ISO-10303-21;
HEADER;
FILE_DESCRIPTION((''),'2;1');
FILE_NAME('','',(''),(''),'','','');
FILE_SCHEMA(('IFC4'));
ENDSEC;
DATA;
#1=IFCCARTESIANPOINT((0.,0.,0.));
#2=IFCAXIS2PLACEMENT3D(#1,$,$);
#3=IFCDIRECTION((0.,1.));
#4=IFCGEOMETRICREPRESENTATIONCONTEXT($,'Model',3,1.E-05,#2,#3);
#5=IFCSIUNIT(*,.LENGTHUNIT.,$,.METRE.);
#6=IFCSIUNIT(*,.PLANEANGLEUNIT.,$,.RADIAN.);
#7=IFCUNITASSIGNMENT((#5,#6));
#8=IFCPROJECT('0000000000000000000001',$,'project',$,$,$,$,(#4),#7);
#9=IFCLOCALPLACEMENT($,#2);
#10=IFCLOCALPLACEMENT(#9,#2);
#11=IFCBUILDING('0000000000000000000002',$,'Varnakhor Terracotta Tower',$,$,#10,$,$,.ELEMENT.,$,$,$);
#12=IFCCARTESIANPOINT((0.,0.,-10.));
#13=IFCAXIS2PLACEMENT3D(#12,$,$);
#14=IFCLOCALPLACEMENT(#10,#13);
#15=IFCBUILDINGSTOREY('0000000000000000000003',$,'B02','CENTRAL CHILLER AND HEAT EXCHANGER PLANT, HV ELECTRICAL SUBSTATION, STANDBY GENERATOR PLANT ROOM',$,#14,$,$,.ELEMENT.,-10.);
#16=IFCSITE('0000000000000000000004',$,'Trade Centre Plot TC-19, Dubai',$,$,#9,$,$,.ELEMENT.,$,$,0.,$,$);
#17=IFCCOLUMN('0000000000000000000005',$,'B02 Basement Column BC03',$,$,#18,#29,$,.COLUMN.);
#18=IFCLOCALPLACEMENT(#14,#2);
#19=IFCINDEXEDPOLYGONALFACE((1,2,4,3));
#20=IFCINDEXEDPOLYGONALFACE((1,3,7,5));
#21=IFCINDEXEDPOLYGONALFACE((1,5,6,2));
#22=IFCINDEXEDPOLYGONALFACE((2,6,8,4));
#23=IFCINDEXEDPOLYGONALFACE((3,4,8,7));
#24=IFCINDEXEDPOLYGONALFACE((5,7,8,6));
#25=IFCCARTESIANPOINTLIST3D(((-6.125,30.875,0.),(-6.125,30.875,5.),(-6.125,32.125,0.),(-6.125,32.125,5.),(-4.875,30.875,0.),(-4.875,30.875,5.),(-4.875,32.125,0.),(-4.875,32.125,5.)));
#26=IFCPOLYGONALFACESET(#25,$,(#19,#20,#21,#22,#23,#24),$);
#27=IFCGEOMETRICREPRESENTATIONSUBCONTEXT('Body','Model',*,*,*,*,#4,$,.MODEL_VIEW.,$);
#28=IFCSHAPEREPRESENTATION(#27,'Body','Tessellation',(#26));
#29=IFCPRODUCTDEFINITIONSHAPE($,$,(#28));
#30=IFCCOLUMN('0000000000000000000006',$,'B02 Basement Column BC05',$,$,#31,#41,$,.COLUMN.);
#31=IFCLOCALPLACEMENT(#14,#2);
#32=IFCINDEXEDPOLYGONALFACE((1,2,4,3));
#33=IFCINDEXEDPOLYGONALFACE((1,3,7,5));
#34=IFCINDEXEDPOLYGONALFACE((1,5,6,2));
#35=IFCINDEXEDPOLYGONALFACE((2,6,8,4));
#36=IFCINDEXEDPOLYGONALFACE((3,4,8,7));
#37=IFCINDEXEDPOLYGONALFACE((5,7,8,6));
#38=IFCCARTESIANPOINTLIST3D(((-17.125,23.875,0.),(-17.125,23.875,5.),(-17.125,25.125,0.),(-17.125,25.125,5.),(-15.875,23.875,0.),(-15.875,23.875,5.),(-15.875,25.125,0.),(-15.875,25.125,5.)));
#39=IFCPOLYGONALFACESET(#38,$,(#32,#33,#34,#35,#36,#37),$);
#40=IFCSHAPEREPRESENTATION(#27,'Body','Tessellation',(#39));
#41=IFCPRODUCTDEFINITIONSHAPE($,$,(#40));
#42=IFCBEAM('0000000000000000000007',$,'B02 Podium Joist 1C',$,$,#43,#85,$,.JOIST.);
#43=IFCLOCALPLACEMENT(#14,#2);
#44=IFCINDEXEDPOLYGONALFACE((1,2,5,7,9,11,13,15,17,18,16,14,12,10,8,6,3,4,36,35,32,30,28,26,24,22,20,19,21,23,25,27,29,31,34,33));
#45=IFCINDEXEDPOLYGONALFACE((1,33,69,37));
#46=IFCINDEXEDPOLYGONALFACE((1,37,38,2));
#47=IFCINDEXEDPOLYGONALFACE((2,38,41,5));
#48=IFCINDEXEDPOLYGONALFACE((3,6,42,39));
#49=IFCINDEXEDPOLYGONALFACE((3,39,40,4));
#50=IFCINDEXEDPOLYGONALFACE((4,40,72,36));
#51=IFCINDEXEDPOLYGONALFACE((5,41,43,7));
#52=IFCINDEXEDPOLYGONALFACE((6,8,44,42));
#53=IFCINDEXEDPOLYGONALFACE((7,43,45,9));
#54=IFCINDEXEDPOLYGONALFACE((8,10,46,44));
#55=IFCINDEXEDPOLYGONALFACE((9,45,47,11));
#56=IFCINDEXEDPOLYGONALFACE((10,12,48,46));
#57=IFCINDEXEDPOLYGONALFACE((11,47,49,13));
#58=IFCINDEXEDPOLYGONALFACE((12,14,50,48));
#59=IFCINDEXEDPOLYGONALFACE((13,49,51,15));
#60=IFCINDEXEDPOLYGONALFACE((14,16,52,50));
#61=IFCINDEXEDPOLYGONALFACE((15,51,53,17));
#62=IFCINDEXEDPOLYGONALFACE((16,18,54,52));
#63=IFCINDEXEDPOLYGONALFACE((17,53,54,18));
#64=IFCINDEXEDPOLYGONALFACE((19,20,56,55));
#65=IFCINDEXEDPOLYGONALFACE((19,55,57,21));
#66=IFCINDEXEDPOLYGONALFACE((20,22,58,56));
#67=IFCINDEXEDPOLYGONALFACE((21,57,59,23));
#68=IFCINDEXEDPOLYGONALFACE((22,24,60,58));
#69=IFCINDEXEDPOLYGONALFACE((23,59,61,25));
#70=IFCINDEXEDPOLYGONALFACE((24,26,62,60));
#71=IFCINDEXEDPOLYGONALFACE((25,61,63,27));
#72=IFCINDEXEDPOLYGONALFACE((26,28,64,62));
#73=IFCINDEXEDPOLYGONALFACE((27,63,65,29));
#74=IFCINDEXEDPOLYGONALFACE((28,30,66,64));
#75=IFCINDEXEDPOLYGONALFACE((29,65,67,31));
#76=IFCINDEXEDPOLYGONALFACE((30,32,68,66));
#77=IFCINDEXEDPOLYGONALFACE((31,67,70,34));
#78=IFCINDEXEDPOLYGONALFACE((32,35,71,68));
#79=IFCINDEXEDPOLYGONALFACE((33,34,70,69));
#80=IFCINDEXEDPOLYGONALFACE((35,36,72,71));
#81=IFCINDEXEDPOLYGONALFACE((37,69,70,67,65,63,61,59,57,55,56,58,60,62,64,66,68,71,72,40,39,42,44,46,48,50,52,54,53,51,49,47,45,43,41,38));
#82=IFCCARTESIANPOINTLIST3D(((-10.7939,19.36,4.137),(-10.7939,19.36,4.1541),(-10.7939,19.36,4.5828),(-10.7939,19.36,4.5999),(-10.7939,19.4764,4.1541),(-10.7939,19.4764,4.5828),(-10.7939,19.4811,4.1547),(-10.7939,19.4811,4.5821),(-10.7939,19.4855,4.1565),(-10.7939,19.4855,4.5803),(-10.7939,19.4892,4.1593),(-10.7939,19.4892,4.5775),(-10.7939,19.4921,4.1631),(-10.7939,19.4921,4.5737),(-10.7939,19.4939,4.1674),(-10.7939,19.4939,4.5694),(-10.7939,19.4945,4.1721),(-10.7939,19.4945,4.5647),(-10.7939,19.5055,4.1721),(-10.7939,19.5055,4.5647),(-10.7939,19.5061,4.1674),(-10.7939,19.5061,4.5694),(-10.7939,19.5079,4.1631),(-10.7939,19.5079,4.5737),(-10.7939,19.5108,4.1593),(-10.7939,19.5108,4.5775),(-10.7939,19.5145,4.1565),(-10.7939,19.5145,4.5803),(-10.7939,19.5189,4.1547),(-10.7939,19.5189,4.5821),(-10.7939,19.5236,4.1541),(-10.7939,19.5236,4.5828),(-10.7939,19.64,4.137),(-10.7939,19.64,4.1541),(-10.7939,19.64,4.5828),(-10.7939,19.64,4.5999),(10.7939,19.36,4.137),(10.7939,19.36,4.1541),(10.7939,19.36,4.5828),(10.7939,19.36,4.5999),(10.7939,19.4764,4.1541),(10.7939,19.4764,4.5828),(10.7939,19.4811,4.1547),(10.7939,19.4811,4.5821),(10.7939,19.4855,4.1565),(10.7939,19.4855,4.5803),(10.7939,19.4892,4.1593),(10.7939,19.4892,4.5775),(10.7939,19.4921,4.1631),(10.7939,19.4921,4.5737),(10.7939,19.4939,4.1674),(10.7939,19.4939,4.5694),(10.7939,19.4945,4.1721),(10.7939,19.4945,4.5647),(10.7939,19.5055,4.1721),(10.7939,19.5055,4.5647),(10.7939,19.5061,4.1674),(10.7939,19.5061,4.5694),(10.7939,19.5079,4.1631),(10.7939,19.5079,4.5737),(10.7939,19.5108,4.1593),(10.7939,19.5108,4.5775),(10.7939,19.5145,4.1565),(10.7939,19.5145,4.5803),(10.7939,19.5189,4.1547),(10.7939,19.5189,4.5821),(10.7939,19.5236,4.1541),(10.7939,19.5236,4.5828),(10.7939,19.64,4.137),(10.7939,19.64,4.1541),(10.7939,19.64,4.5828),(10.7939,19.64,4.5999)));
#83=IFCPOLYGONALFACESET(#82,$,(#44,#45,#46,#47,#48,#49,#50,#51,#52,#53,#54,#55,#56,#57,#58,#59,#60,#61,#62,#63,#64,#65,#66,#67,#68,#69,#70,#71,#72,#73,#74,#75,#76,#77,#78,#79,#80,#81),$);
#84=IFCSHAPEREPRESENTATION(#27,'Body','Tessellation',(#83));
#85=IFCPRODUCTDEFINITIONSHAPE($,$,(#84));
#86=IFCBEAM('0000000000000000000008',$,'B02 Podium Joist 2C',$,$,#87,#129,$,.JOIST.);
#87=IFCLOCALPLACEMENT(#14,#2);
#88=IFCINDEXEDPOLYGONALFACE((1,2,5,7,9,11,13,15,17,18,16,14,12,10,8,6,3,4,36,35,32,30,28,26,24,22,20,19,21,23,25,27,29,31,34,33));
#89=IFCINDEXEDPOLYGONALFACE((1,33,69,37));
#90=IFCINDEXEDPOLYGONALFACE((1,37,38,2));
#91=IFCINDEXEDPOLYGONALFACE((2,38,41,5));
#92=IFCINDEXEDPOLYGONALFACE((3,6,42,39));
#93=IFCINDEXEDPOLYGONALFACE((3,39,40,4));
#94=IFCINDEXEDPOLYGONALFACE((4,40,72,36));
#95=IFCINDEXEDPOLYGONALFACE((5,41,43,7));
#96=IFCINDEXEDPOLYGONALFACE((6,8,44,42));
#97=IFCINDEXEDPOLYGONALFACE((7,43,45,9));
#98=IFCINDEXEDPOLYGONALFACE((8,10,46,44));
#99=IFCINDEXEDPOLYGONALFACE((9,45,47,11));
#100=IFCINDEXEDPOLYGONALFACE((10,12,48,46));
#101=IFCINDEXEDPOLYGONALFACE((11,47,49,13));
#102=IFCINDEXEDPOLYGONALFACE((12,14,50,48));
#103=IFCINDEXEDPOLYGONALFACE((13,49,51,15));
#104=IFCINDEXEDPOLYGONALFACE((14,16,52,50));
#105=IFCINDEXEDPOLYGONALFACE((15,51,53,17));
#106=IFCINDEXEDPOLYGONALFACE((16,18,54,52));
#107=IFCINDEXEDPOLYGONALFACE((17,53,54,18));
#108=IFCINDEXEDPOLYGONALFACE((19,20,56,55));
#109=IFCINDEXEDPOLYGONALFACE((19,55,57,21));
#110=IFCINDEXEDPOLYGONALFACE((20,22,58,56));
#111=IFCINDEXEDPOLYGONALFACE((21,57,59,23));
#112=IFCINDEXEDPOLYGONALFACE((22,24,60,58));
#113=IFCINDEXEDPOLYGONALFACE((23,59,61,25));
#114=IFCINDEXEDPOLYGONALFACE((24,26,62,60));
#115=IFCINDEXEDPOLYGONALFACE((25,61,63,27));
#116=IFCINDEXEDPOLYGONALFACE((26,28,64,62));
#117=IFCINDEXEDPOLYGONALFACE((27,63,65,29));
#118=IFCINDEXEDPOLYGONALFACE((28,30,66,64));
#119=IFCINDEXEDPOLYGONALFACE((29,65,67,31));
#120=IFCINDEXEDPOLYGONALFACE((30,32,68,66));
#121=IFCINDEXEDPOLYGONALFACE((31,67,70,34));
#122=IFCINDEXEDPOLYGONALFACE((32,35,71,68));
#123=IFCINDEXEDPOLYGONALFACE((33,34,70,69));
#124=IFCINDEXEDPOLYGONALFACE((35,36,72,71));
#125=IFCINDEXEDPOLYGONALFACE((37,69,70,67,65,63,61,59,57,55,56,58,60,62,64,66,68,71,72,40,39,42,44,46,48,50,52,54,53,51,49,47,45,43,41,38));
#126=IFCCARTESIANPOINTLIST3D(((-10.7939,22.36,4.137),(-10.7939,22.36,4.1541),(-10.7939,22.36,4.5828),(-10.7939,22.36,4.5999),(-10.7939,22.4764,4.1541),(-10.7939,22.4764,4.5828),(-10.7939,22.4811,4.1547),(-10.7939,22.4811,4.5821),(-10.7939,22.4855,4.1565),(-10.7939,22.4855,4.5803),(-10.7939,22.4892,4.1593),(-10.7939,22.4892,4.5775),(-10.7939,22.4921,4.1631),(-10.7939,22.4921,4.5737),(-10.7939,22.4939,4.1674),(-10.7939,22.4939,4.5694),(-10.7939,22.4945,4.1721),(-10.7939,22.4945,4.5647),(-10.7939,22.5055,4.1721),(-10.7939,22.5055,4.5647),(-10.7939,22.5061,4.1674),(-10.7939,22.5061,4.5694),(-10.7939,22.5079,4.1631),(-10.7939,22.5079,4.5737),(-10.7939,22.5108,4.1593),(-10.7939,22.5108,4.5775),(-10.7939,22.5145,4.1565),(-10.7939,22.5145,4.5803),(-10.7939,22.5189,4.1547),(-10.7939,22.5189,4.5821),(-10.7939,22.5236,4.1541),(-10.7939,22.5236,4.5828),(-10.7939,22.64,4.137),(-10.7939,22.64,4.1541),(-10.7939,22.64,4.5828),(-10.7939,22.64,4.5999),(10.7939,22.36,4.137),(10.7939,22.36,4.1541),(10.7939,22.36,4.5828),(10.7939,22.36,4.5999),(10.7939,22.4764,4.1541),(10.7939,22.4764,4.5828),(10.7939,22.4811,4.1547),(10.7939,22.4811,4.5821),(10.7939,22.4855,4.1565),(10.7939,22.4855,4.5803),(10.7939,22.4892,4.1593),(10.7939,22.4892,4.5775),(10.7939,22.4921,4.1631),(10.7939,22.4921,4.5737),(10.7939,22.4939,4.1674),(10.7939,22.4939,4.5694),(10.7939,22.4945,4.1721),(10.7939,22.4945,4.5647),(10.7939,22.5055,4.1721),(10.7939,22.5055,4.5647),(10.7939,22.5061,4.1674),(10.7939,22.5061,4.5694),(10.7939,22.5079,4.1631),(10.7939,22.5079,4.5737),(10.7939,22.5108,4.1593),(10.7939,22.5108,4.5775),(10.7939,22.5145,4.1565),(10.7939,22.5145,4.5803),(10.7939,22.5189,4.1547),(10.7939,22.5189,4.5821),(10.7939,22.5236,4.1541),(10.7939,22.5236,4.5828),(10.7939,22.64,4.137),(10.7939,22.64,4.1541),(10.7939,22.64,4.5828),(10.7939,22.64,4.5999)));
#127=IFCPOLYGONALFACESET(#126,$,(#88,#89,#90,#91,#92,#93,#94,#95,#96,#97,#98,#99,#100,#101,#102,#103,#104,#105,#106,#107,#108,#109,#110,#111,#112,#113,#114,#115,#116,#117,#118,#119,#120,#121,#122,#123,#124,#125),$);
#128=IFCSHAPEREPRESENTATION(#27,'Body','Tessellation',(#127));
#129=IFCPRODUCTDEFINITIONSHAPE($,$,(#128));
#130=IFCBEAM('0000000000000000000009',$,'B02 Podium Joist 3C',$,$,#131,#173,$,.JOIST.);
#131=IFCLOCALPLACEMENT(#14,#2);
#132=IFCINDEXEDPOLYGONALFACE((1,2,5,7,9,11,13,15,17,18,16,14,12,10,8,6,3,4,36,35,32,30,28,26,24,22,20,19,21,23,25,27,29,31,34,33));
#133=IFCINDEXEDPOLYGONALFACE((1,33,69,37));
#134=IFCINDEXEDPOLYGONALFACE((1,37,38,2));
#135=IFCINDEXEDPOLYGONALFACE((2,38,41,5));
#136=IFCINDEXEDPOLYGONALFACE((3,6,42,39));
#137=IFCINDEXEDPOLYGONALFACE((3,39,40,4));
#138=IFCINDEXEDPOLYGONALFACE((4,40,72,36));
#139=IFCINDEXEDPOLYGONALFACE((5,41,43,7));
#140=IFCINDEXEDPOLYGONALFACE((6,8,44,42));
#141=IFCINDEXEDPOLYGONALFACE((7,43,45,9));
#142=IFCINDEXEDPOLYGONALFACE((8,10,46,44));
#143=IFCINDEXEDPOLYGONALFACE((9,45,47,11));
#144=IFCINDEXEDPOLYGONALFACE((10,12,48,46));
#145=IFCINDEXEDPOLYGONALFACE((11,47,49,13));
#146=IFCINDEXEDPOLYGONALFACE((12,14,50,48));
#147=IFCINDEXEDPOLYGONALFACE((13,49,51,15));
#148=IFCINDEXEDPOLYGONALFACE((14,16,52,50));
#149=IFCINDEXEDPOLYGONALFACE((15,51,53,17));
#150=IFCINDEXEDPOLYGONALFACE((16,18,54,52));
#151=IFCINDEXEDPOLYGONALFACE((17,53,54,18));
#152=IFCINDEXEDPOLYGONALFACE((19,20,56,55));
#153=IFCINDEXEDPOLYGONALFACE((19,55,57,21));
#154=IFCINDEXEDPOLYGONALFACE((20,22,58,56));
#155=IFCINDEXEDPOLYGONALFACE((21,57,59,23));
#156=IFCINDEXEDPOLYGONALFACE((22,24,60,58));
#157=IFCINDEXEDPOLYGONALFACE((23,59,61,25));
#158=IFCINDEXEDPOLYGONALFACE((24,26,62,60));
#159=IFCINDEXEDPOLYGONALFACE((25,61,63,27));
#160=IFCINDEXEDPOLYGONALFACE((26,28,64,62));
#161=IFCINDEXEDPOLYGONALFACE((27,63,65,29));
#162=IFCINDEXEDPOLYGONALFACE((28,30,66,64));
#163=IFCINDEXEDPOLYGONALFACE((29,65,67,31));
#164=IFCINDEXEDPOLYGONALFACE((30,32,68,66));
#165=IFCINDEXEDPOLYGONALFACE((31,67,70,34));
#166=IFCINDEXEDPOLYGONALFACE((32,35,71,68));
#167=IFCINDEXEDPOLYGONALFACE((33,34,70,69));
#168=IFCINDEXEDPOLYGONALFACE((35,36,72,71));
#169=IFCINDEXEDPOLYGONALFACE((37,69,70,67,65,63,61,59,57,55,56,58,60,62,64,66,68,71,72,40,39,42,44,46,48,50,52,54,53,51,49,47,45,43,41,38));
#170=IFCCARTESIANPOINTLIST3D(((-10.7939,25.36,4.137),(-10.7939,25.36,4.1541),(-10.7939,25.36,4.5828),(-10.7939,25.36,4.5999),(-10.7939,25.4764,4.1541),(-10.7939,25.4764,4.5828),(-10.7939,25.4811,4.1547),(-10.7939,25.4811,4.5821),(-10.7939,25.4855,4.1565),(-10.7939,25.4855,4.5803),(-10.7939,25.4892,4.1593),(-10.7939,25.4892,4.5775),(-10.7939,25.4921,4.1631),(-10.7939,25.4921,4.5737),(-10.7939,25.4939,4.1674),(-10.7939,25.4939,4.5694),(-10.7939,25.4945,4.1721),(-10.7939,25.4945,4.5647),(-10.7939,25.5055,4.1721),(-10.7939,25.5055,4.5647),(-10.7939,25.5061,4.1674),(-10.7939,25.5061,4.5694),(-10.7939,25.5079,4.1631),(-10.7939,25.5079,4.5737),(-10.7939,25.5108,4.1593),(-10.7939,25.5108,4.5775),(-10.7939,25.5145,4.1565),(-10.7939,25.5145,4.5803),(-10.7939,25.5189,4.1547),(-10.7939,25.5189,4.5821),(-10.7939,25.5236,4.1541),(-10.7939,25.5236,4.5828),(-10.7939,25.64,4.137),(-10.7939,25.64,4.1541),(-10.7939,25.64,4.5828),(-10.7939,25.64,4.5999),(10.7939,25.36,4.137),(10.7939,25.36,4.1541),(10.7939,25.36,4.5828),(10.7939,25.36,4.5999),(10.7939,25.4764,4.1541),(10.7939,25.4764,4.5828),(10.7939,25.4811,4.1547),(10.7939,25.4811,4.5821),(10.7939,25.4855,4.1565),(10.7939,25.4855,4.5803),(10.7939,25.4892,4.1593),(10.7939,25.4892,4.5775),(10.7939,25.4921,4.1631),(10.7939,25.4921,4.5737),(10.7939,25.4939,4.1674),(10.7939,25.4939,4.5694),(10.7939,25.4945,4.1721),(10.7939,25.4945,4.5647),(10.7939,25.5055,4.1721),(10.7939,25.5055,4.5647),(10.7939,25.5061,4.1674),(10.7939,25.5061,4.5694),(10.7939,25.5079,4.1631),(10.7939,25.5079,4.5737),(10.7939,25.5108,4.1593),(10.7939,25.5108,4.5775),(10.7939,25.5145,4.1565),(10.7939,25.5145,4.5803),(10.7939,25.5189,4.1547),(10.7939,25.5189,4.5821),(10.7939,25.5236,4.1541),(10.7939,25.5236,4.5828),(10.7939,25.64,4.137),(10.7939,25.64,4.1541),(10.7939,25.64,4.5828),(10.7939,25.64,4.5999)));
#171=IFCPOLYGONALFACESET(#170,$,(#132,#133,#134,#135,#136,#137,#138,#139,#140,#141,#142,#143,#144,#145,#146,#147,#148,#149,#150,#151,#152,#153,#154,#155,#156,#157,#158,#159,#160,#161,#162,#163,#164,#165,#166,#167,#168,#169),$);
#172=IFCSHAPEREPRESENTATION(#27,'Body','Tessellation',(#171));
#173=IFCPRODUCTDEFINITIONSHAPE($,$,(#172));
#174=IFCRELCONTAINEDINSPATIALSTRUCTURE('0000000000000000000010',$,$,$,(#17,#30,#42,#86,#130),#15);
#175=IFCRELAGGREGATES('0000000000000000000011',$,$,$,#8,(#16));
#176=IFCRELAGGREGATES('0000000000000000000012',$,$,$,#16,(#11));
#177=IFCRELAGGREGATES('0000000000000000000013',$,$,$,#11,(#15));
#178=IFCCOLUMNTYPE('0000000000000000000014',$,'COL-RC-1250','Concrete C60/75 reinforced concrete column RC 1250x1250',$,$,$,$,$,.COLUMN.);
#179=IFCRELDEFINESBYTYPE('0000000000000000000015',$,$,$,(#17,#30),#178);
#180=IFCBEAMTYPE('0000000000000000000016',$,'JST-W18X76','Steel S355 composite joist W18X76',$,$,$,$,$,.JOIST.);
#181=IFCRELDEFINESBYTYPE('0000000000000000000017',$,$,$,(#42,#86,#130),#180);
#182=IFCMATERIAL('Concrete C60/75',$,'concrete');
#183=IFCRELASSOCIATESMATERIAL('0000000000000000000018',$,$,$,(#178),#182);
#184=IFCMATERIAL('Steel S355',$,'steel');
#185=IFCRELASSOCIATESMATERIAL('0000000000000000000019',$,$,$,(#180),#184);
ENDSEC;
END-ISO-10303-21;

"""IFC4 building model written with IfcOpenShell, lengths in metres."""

from ifc_helpers import new_model, si_unit, direction, frame, origin, origin_2d, place, context, subcontext, project, spatial, rectangle, i_section, extrude, source, transform, mapped, material, material_profile, profile_set, type_object, type_shapes, element, save


model = new_model("IFC4")

# Units and contexts
model_context = context("Model", 3, precision=1e-05, world=origin(), true_north=direction((0.0, 1.0)))
body_context = subcontext(model_context, "Body", "Model", "MODEL_VIEW")
ifc_project = project(units=[si_unit("LENGTHUNIT", "METRE"), si_unit("PLANEANGLEUNIT", "RADIAN")], contexts=[model_context])

# Site, building, storey
site_placement = place(None, origin())
site = spatial("IfcSite", under=ifc_project, at=site_placement, Name="Trade Centre Plot TC-19, Dubai", CompositionType="ELEMENT", RefElevation=0.0)
building_placement = place(site_placement, origin())
building = spatial("IfcBuilding", under=site, at=building_placement, Name="Varnakhor Terracotta Tower", CompositionType="ELEMENT")
storey_placement = place(building_placement, frame((0.0, 0.0, -10.0)))
storey = spatial("IfcBuildingStorey", under=building, at=storey_placement, Name="B02", Description="CENTRAL CHILLER AND HEAT EXCHANGER PLANT, HV ELECTRICAL SUBSTATION, STANDBY GENERATOR PLANT ROOM", CompositionType="ELEMENT", Elevation=-10.0)

# Columns
ifc_material_1 = material(Name="Steel S355", Category="steel")
ifc_material_2 = material(Name="Concrete C60/75", Category="concrete")
ifc_material_profile_1 = material_profile(ifc_material_2, rectangle(XDim=1.25, YDim=1.25, at=origin_2d()), Name="RC 1250x1250")
ifc_profile_set_1 = profile_set([ifc_material_profile_1], Name="Concrete C60/75")
column_type_1 = type_object("IfcColumnType", Name="COL-RC-1250", Description="Concrete C60/75 reinforced concrete column RC 1250x1250", PredefinedType="COLUMN", material=ifc_profile_set_1)
shared_shape_1 = source(origin(), body_context, "Body", "SweptSolid", [
    extrude(rectangle(XDim=1.25, YDim=1.25, at=origin_2d()), origin(), (0.0, 0.0, 1.0), 5.0),
])
type_shapes(column_type_1, [shared_shape_1])
for number, where, z_axis, x_axis, name in (
    (1, (-5.5, 31.5, 0.0), (0.0, 0.0, 1.0), (1.0, 0.0, 0.0), "B02 Basement Column BC03"),
    (2, (-16.5, 24.5, 0.0), (0.0, 0.0, 1.0), (1.0, 0.0, 0.0), "B02 Basement Column BC05"),
):
    element("IfcColumn", number, at=place(storey_placement, frame(where, z_axis=z_axis, x_axis=x_axis)), inside=storey, type_object=column_type_1, Name=name, PredefinedType="COLUMN", context=body_context, shape_type="MappedRepresentation", body=[
        mapped(shared_shape_1, transform((0.0, 0.0, 0.0), scale=1.0)),
    ])

# Beams
ifc_material_profile_2 = material_profile(ifc_material_1, i_section(OverallWidth=0.28, OverallDepth=0.4629, WebThickness=0.011, FlangeThickness=0.0171, FilletRadius=0.0181, at=origin_2d()), Name="W18X76")
ifc_profile_set_2 = profile_set([ifc_material_profile_2], Name="Steel S355")
beam_type = type_object("IfcBeamType", Name="JST-W18X76", Description="Steel S355 composite joist W18X76", PredefinedType="JOIST", material=ifc_profile_set_2)
shared_shape_2 = source(origin(), body_context, "Body", "SweptSolid", [
    extrude(i_section(OverallWidth=0.28, OverallDepth=0.4629, WebThickness=0.011, FlangeThickness=0.0171, FilletRadius=0.0181, at=origin_2d()), origin(), (0.0, 0.0, 1.0), 21.5879),
])
for number, where, z_axis, x_axis, name in (
    (3, (-10.7939, 19.5, 4.3684), (1.0, 0.0, 0.0), (0.0, 1.0, 0.0), "B02 Podium Joist 1C"),
    (4, (-10.7939, 22.5, 4.3684), (1.0, 0.0, 0.0), (0.0, 1.0, 0.0), "B02 Podium Joist 2C"),
    (5, (-10.7939, 25.5, 4.3684), (1.0, 0.0, 0.0), (0.0, 1.0, 0.0), "B02 Podium Joist 3C"),
):
    element("IfcBeam", number, at=place(storey_placement, frame(where, z_axis=z_axis, x_axis=x_axis)), inside=storey, type_object=beam_type, Name=name, PredefinedType="JOIST", context=body_context, shape_type="MappedRepresentation", body=[
        mapped(shared_shape_2, transform((0.0, 0.0, 0.0), scale=1.0)),
    ])

save(model, "model.ifc")
